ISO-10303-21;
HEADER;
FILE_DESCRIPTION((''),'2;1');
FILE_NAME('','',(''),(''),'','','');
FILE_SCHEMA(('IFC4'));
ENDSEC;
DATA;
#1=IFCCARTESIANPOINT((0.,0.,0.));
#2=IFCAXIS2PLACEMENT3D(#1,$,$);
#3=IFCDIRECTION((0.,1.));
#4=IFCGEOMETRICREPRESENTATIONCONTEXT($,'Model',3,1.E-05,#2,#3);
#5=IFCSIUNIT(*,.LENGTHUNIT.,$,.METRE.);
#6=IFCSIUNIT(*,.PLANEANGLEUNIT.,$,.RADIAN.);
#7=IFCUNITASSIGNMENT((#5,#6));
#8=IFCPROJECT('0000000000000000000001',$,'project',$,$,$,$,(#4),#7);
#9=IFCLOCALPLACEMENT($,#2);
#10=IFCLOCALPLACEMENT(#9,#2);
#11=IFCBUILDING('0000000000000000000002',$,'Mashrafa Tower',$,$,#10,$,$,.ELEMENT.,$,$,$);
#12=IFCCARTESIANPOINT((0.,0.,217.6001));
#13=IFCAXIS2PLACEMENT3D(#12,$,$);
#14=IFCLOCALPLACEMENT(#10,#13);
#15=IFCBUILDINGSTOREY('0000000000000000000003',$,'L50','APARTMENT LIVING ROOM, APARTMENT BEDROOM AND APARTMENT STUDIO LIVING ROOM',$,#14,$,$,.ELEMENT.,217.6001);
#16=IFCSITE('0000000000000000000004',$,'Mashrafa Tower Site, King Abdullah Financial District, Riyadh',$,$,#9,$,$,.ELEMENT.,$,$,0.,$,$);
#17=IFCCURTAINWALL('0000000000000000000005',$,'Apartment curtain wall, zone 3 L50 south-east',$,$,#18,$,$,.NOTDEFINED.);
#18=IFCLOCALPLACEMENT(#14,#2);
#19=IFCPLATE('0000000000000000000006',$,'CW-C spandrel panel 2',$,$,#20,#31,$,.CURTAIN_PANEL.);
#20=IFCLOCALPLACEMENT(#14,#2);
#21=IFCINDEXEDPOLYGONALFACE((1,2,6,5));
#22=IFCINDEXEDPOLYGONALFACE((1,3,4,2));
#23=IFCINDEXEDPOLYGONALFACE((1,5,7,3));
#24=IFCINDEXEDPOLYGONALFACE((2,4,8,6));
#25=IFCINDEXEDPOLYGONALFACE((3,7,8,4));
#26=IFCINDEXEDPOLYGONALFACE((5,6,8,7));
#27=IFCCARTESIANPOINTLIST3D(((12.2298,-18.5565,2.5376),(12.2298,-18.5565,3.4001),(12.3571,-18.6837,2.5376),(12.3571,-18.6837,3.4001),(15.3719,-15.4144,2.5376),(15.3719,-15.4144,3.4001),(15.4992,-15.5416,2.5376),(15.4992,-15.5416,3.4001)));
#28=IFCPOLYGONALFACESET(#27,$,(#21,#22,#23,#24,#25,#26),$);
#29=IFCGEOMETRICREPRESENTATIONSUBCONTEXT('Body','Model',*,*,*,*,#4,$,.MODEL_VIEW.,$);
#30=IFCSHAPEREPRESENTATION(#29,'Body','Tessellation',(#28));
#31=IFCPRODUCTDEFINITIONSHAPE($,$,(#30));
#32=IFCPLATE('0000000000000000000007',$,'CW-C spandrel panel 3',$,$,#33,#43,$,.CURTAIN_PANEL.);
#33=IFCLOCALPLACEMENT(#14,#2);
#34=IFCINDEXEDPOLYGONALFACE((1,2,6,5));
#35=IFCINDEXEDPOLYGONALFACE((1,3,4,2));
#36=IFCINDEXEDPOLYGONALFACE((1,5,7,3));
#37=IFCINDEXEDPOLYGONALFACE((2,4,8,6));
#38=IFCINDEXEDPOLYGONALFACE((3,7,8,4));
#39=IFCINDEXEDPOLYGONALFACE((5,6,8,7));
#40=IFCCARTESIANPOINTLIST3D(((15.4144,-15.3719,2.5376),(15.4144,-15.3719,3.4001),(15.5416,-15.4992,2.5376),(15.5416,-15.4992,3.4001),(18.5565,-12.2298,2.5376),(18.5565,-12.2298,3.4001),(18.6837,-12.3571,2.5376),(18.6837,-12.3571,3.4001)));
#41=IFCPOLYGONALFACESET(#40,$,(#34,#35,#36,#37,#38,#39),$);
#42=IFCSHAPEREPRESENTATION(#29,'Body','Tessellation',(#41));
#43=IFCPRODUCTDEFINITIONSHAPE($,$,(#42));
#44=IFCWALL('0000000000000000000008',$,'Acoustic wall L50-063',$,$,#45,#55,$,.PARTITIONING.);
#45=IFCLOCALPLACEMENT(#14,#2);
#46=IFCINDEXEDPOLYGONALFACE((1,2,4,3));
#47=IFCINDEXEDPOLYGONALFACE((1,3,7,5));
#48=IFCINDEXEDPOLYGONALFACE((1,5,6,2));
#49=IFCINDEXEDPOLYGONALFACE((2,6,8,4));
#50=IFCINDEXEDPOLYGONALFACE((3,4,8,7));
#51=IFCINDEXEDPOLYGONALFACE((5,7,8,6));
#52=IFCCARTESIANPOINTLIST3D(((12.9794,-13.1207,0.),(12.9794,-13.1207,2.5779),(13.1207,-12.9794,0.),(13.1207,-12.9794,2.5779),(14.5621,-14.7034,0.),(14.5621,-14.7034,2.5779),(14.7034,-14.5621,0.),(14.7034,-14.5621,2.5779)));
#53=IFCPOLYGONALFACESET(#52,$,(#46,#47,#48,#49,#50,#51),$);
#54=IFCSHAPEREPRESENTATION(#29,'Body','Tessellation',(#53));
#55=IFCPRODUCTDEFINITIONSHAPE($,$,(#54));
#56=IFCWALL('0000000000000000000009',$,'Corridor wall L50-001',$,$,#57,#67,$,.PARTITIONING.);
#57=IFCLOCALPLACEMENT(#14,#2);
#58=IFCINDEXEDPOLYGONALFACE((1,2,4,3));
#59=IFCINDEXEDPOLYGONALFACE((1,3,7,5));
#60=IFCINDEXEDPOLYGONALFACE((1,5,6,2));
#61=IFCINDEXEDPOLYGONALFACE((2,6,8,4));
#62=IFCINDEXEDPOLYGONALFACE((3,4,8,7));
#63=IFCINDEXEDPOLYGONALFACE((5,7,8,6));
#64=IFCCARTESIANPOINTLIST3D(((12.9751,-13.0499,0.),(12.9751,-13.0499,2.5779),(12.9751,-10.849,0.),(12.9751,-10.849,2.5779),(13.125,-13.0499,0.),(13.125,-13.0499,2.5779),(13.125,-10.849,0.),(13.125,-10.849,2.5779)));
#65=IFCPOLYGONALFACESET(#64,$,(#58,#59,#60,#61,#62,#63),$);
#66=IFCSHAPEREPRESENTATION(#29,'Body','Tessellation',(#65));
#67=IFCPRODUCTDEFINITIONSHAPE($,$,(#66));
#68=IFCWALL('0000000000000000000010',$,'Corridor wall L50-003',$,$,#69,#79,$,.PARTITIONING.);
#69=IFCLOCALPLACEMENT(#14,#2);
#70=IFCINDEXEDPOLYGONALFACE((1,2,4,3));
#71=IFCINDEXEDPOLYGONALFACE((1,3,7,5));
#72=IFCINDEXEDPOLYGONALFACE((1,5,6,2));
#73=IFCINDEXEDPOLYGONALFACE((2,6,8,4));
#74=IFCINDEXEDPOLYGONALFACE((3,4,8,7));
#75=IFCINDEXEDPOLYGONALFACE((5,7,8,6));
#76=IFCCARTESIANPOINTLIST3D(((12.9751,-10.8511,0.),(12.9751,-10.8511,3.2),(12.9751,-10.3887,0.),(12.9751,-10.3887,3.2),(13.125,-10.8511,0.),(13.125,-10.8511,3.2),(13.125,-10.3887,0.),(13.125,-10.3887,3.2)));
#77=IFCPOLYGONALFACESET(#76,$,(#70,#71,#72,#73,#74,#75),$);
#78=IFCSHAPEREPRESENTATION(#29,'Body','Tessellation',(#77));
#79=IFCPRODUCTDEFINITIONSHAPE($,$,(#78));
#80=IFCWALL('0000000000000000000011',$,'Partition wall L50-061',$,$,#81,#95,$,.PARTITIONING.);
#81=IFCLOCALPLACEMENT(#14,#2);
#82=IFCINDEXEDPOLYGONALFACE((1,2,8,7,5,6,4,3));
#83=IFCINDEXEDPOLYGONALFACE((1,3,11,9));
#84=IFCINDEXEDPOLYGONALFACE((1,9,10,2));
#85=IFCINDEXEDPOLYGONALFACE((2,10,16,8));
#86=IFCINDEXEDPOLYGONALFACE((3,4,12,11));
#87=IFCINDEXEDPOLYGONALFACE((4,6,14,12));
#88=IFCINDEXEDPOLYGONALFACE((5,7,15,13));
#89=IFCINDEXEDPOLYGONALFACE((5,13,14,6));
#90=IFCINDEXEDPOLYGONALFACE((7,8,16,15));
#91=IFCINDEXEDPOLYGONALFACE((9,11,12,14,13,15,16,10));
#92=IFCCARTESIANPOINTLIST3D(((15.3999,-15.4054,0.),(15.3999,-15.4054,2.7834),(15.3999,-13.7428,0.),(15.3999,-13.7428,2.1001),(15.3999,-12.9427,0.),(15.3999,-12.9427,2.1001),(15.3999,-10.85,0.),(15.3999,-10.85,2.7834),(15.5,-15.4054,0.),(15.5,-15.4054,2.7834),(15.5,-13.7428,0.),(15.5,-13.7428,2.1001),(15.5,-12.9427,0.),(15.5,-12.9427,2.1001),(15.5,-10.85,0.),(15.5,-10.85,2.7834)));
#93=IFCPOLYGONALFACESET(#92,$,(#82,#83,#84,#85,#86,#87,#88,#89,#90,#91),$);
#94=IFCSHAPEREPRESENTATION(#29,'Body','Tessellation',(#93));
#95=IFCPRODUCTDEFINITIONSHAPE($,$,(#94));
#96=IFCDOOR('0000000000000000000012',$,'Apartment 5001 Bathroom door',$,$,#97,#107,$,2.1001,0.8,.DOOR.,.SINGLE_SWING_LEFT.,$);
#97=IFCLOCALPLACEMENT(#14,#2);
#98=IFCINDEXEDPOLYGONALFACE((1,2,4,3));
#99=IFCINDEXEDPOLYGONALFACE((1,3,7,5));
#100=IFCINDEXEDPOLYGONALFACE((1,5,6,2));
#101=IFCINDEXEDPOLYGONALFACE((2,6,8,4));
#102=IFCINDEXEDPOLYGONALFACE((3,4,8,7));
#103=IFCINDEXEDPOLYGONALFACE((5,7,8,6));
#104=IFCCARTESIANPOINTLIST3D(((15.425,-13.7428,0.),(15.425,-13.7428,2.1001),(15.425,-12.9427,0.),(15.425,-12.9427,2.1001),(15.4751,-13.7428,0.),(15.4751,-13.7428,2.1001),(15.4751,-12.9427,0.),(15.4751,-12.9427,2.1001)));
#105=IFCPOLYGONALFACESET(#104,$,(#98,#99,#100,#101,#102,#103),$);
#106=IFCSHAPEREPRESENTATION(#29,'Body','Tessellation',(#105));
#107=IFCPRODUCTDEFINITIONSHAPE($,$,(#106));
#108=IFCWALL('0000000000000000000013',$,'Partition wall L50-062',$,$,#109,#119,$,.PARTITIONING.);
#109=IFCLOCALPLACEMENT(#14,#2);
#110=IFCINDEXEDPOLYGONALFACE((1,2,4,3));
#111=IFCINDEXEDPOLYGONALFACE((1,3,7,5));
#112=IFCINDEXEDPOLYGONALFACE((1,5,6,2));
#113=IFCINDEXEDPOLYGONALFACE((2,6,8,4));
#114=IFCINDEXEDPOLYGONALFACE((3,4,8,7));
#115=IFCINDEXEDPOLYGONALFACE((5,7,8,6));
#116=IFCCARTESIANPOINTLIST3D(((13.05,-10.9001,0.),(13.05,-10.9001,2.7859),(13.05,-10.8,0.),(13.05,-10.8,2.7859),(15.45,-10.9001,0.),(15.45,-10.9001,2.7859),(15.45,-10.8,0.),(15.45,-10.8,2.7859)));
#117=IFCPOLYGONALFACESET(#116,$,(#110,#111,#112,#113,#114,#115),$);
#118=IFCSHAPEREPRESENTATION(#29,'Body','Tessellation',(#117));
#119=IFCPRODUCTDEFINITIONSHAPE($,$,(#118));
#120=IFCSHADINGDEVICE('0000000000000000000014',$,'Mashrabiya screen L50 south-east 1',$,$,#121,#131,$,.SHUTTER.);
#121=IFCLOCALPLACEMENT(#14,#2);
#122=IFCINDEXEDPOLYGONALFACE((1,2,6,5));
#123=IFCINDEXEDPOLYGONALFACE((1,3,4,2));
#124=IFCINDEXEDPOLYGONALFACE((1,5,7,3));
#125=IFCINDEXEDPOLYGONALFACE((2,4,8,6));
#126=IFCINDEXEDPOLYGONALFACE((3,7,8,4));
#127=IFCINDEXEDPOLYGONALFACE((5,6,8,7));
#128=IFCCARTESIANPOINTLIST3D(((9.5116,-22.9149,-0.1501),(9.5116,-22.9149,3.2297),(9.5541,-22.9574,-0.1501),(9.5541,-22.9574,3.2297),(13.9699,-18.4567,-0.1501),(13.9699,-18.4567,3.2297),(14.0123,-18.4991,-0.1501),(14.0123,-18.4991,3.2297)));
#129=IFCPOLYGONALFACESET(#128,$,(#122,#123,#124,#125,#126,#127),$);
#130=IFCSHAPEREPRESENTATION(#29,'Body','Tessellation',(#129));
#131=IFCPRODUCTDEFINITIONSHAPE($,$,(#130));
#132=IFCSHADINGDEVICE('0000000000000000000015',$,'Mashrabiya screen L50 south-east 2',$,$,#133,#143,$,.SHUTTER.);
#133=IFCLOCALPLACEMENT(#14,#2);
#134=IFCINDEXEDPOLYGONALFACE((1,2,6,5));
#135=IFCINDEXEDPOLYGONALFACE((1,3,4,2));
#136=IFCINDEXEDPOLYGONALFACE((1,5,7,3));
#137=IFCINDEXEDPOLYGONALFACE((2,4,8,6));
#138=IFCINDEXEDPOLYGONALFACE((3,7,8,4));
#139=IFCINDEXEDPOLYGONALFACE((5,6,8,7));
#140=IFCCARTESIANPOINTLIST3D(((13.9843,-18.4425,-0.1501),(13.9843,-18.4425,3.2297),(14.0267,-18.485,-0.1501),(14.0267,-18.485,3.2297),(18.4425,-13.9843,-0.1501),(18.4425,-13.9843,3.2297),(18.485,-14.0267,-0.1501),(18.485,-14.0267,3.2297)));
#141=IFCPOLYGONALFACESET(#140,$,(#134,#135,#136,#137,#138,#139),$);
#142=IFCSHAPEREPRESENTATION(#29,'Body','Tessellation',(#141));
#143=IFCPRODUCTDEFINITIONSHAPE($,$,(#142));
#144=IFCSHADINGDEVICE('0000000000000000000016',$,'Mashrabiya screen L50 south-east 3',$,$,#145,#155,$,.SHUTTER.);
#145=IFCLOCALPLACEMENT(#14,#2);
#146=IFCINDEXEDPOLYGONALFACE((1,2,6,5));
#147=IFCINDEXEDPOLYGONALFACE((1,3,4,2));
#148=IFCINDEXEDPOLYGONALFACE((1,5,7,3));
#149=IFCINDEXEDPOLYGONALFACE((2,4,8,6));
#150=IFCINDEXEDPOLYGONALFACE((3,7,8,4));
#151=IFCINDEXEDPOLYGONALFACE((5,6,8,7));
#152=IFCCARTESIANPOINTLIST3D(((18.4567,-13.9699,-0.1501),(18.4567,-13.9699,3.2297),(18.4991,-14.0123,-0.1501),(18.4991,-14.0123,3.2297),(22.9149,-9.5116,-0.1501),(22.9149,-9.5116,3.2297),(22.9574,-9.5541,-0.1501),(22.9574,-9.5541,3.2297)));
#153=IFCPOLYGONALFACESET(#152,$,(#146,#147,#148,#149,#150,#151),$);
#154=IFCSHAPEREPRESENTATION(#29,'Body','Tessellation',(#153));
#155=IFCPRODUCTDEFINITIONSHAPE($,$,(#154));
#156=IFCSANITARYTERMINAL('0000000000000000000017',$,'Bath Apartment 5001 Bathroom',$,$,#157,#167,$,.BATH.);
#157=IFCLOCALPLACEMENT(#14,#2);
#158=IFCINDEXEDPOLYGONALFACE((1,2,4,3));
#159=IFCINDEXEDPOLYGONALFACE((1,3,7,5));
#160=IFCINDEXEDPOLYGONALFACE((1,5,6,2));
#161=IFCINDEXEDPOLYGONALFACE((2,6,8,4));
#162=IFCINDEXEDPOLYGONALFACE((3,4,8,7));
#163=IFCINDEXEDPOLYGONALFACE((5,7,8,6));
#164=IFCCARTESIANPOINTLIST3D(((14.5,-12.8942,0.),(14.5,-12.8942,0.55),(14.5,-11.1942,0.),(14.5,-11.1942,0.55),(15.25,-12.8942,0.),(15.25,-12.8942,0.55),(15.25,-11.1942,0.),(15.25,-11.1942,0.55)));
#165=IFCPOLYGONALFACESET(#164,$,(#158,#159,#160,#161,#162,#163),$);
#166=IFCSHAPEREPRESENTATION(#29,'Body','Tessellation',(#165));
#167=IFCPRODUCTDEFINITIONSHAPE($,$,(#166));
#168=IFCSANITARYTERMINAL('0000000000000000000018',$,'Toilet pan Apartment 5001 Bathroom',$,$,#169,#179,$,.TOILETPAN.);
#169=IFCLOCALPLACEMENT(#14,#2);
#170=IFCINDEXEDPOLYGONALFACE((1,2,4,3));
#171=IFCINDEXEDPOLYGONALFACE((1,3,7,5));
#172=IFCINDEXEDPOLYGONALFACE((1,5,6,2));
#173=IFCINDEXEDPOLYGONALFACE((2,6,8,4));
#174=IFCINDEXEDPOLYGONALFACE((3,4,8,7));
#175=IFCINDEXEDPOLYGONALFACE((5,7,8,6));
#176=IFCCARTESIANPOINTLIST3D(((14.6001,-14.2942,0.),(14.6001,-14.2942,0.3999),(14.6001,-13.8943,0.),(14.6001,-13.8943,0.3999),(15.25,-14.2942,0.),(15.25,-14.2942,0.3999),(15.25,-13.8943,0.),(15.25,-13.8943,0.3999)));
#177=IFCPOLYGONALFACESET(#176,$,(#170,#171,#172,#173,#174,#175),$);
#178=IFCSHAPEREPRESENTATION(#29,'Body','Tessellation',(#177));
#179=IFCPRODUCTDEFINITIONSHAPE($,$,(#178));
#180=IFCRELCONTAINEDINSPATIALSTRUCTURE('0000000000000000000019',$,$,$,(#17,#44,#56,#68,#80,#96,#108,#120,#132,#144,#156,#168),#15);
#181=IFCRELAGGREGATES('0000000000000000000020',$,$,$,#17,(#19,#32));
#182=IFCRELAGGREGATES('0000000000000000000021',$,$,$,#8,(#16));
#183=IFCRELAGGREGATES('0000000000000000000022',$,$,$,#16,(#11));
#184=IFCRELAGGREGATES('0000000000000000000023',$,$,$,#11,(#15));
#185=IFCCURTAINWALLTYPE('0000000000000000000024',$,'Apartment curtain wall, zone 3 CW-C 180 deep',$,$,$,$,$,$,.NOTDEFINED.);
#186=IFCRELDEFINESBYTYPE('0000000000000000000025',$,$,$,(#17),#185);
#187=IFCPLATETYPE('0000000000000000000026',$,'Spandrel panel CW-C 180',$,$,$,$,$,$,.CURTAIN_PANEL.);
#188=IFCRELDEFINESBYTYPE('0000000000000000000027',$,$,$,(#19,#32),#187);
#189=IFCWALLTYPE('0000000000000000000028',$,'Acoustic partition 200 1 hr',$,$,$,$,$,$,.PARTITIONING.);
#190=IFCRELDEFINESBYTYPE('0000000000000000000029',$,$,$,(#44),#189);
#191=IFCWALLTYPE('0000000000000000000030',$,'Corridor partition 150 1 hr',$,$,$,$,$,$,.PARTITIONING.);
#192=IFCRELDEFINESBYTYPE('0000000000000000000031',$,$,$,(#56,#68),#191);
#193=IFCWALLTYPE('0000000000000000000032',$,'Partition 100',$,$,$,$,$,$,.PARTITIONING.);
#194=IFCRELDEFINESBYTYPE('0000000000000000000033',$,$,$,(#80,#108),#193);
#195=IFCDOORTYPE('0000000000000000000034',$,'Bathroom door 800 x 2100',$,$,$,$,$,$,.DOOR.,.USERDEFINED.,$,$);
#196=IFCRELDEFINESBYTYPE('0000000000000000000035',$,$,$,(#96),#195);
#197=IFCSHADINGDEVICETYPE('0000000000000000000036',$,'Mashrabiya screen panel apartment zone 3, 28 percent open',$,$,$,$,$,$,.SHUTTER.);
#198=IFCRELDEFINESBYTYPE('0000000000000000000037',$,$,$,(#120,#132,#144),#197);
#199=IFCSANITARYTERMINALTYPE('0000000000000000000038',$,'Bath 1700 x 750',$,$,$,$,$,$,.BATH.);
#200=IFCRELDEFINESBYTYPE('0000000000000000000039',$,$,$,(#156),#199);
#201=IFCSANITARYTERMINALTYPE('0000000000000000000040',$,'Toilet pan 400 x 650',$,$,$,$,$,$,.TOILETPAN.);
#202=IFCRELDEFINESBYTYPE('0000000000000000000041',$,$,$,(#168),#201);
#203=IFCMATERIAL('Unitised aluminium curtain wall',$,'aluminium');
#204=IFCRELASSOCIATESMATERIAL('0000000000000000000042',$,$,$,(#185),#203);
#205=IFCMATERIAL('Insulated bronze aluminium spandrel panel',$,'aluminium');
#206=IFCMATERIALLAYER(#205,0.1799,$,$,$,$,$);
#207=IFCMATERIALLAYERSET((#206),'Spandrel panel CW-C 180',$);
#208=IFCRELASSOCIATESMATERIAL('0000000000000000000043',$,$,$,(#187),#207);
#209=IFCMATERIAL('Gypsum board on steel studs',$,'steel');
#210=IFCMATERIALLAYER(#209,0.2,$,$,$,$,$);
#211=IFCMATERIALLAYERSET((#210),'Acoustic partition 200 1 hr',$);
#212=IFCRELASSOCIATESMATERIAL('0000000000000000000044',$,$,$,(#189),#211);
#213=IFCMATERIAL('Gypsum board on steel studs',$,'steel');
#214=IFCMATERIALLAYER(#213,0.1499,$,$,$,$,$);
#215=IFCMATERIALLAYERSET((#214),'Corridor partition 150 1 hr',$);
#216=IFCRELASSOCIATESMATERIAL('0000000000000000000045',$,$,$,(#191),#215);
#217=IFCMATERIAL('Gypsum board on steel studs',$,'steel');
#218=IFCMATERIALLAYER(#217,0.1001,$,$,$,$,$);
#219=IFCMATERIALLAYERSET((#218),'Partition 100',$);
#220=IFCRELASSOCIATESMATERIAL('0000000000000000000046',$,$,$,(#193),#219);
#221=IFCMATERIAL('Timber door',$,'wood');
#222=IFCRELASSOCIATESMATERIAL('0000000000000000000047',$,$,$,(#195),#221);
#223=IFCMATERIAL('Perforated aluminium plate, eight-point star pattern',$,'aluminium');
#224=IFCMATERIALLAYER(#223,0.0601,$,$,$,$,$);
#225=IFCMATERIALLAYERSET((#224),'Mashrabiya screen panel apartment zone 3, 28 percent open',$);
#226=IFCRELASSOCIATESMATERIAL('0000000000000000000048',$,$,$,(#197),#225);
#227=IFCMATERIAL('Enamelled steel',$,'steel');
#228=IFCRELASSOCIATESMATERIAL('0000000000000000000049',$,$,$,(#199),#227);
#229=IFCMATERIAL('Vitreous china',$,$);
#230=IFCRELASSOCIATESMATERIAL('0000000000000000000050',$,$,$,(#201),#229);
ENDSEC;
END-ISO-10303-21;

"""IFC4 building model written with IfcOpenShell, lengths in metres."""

from ifc_helpers import new_model, si_unit, direction, frame, frame_2d, origin, origin_2d, place, context, subcontext, project, spatial, rectangle, extrude, source, transform, mapped, material, layer, layer_set, type_object, type_shapes, element, fill, aggregate, save


model = new_model("IFC4")

# Units and contexts
model_context = context("Model", 3, precision=1e-05, world=origin(), true_north=direction((0.0, 1.0)))
body_context = subcontext(model_context, "Body", "Model", "MODEL_VIEW")
ifc_project = project(units=[si_unit("LENGTHUNIT", "METRE"), si_unit("PLANEANGLEUNIT", "RADIAN")], contexts=[model_context])

# Site, building, storey
site_placement = place(None, origin())
site = spatial("IfcSite", under=ifc_project, at=site_placement, Name="Mashrafa Tower Site, King Abdullah Financial District, Riyadh", CompositionType="ELEMENT", RefElevation=0.0)
building_placement = place(site_placement, origin())
building = spatial("IfcBuilding", under=site, at=building_placement, Name="Mashrafa Tower", CompositionType="ELEMENT")
storey_placement = place(building_placement, frame((0.0, 0.0, 217.6001)))
storey = spatial("IfcBuildingStorey", under=building, at=storey_placement, Name="L50", Description="APARTMENT LIVING ROOM, APARTMENT BEDROOM AND APARTMENT STUDIO LIVING ROOM", CompositionType="ELEMENT", Elevation=217.6001)

# Curtain wall, plates
ifc_material_1 = material(Name="Unitised aluminium curtain wall", Category="aluminium")
curtain_wall_type = type_object("IfcCurtainWallType", Name="Apartment curtain wall, zone 3 CW-C 180 deep", PredefinedType="NOTDEFINED", material=ifc_material_1)
curtain_wall_placement = place(storey_placement, origin())
curtain_wall = element("IfcCurtainWall", 1, at=curtain_wall_placement, inside=storey, type_object=curtain_wall_type, Name="Apartment curtain wall, zone 3 L50 south-east", PredefinedType="NOTDEFINED")
ifc_material_2 = material(Name="Insulated bronze aluminium spandrel panel", Category="aluminium")
ifc_layer_1 = layer(ifc_material_2, 0.1799)
ifc_layer_set_1 = layer_set([ifc_layer_1], Name="Spandrel panel CW-C 180")
plate_type_1 = type_object("IfcPlateType", Name="Spandrel panel CW-C 180", PredefinedType="CURTAIN_PANEL", material=ifc_layer_set_1)
shared_shape_1 = source(origin(), body_context, "Body", "SweptSolid", [
    extrude(rectangle(XDim=4.4436, YDim=0.1799, at=origin_2d()), origin(), (0.0, 0.0, 1.0), 0.8625),
])
plate_1_placement = place(storey_placement, frame((13.8645, -17.0491, 2.5376), z_axis=(0.0, 0.0, 1.0), x_axis=(0.707107, 0.707107, 0.0)))
plate_1 = element("IfcPlate", 2, at=plate_1_placement, type_object=plate_type_1, Name="CW-C spandrel panel 2", PredefinedType="CURTAIN_PANEL", context=body_context, shape_type="MappedRepresentation", body=[
    mapped(shared_shape_1, transform((0.0, 0.0, 0.0))),
])
plate_2_placement = place(storey_placement, frame((17.0491, -13.8645, 2.5376), z_axis=(0.0, 0.0, 1.0), x_axis=(0.707107, 0.707107, 0.0)))
plate_2 = element("IfcPlate", 3, at=plate_2_placement, type_object=plate_type_1, Name="CW-C spandrel panel 3", PredefinedType="CURTAIN_PANEL", context=body_context, shape_type="MappedRepresentation", body=[
    mapped(shared_shape_1, transform((0.0, 0.0, 0.0))),
])
aggregate(curtain_wall, [plate_1, plate_2])

# Walls
ifc_material_3 = material(Name="Gypsum board on steel studs", Category="steel")
ifc_layer_2 = layer(ifc_material_3, 0.2)
ifc_layer_set_2 = layer_set([ifc_layer_2], Name="Acoustic partition 200 1 hr")
wall_type_1 = type_object("IfcWallType", Name="Acoustic partition 200 1 hr", PredefinedType="PARTITIONING", material=ifc_layer_set_2)
wall_1_placement = place(storey_placement, frame((13.05, -13.05, 0.0), z_axis=(0.0, 0.0, 1.0), x_axis=(0.707107, -0.707107, 0.0)))
element("IfcWall", 4, at=wall_1_placement, inside=storey, type_object=wall_type_1, Name="Acoustic wall L50-063", PredefinedType="PARTITIONING", context=body_context, shape_type="SweptSolid", body=[
    extrude(rectangle(XDim=2.2383, YDim=0.2, at=frame_2d((1.1191, 0.0))), origin(), (0.0, 0.0, 1.0), 2.5779),
])
ifc_material_4 = material(Name="Gypsum board on steel studs", Category="steel")
ifc_layer_3 = layer(ifc_material_4, 0.1499)
ifc_layer_set_3 = layer_set([ifc_layer_3], Name="Corridor partition 150 1 hr")
wall_type_2 = type_object("IfcWallType", Name="Corridor partition 150 1 hr", PredefinedType="PARTITIONING", material=ifc_layer_set_3)
wall_2_placement = place(storey_placement, frame((13.05, -13.05, 0.0), z_axis=(0.0, 0.0, 1.0), x_axis=(0.0, 1.0, 0.0)))
element("IfcWall", 5, at=wall_2_placement, inside=storey, type_object=wall_type_2, Name="Corridor wall L50-001", PredefinedType="PARTITIONING", context=body_context, shape_type="SweptSolid", body=[
    extrude(rectangle(XDim=2.2009, YDim=0.1499, at=frame_2d((1.1006, 0.0))), origin(), (0.0, 0.0, 1.0), 2.5779),
])
wall_3_placement = place(storey_placement, frame((13.05, -10.8511, 0.0), z_axis=(0.0, 0.0, 1.0), x_axis=(0.0, 1.0, 0.0)))
element("IfcWall", 6, at=wall_3_placement, inside=storey, type_object=wall_type_2, Name="Corridor wall L50-003", PredefinedType="PARTITIONING", context=body_context, shape_type="SweptSolid", body=[
    extrude(rectangle(XDim=0.4624, YDim=0.1499, at=frame_2d((0.2312, 0.0))), origin(), (0.0, 0.0, 1.0), 3.2),
])

# Wall, opening, door
ifc_material_5 = material(Name="Gypsum board on steel studs", Category="steel")
ifc_layer_4 = layer(ifc_material_5, 0.1001)
ifc_layer_set_4 = layer_set([ifc_layer_4], Name="Partition 100")
wall_type_3 = type_object("IfcWallType", Name="Partition 100", PredefinedType="PARTITIONING", material=ifc_layer_set_4)
wall_4_placement = place(storey_placement, frame((15.45, -15.4055, 0.0), z_axis=(0.0, 0.0, 1.0), x_axis=(0.0, 1.0, 0.0)))
wall_4 = element("IfcWall", 7, at=wall_4_placement, inside=storey, type_object=wall_type_3, Name="Partition wall L50-061", PredefinedType="PARTITIONING", context=body_context, shape_type="SweptSolid", body=[
    extrude(rectangle(XDim=4.5554, YDim=0.1001, at=frame_2d((2.2778, 0.0))), origin(), (0.0, 0.0, 1.0), 2.7834),
])
opening_placement = place(wall_4_placement, frame((1.6628, 0.0, 0.0)))
opening = element("IfcOpeningElement", 8, at=opening_placement, cuts=wall_4, PredefinedType="OPENING", context=body_context, shape_type="SweptSolid", body=[
    extrude(rectangle(XDim=0.8, YDim=2.1001, at=frame_2d((0.3999, 1.05))), frame((0.0, 0.0601, 0.0), z_axis=(0.0, -1.0, 0.0), x_axis=(1.0, 0.0, 0.0)), (0.0, 0.0, 1.0), 0.1201),
])
ifc_material_6 = material(Name="Timber door", Category="wood")
door_type = type_object("IfcDoorType", Name="Bathroom door 800 x 2100", OperationType="USERDEFINED", PredefinedType="DOOR", material=ifc_material_6)
door_placement = place(opening_placement, origin())
door = element("IfcDoor", 9, at=door_placement, inside=storey, type_object=door_type, Name="Apartment 5001 Bathroom door", OperationType="SINGLE_SWING_LEFT", OverallHeight=2.1001, OverallWidth=0.8, PredefinedType="DOOR", context=body_context, shape_type="SweptSolid", body=[
    extrude(rectangle(XDim=0.8, YDim=2.1001, at=frame_2d((0.3999, 1.05))), frame((0.0, 0.0249, 0.0), z_axis=(0.0, -1.0, 0.0), x_axis=(1.0, 0.0, 0.0)), (0.0, 0.0, 1.0), 0.05),
])
fill(opening, door)

# Wall
wall_5_placement = place(storey_placement, frame((15.45, -10.8501, 0.0), z_axis=(0.0, 0.0, 1.0), x_axis=(-1.0, 0.0, 0.0)))
element("IfcWall", 10, at=wall_5_placement, inside=storey, type_object=wall_type_3, Name="Partition wall L50-062", PredefinedType="PARTITIONING", context=body_context, shape_type="SweptSolid", body=[
    extrude(rectangle(XDim=2.3999, YDim=0.1001, at=frame_2d((1.2, 0.0))), origin(), (0.0, 0.0, 1.0), 2.7859),
])

# Shading devices
ifc_material_7 = material(Name="Perforated aluminium plate, eight-point star pattern", Category="aluminium")
ifc_layer_5 = layer(ifc_material_7, 0.0601)
ifc_layer_set_5 = layer_set([ifc_layer_5], Name="Mashrabiya screen panel apartment zone 3, 28 percent open")
shading_device_type = type_object("IfcShadingDeviceType", Name="Mashrabiya screen panel apartment zone 3, 28 percent open", PredefinedType="SHUTTER", material=ifc_layer_set_5)
shared_shape_2 = source(origin(), body_context, "Body", "SweptSolid", [
    extrude(rectangle(XDim=6.3049, YDim=0.0601, at=origin_2d()), origin(), (0.0, 0.0, 1.0), 3.3799),
])
type_shapes(shading_device_type, [shared_shape_2])
for number, where, z_axis, x_axis, name in (
    (11, (11.762, -20.707, -0.1501), (0.0, 0.0, 1.0), (0.707107, 0.707107, 0.0), "Mashrabiya screen L50 south-east 1"),
    (12, (16.2346, -16.2346, -0.1501), (0.0, 0.0, 1.0), (0.707107, 0.707107, 0.0), "Mashrabiya screen L50 south-east 2"),
    (13, (20.707, -11.762, -0.1501), (0.0, 0.0, 1.0), (0.707107, 0.707107, 0.0), "Mashrabiya screen L50 south-east 3"),
):
    element("IfcShadingDevice", number, at=place(storey_placement, frame(where, z_axis=z_axis, x_axis=x_axis)), inside=storey, type_object=shading_device_type, Name=name, PredefinedType="SHUTTER", context=body_context, shape_type="MappedRepresentation", body=[
        mapped(shared_shape_2, transform((0.0, 0.0, 0.0))),
    ])

# Sanitary terminals
ifc_material_8 = material(Name="Enamelled steel", Category="steel")
sanitary_terminal_type_1 = type_object("IfcSanitaryTerminalType", Name="Bath 1700 x 750", PredefinedType="BATH", material=ifc_material_8)
sanitary_terminal_1_placement = place(storey_placement, frame((14.875, -12.0442, 0.0), z_axis=(0.0, 0.0, 1.0), x_axis=(0.0, 1.0, 0.0)))
element("IfcSanitaryTerminal", 14, at=sanitary_terminal_1_placement, inside=storey, type_object=sanitary_terminal_type_1, Name="Bath Apartment 5001 Bathroom", PredefinedType="BATH", context=body_context, shape_type="SweptSolid", body=[
    extrude(rectangle(XDim=1.7, YDim=0.75, at=origin_2d()), origin(), (0.0, 0.0, 1.0), 0.55),
])
ifc_material_9 = material(Name="Vitreous china")
sanitary_terminal_type_2 = type_object("IfcSanitaryTerminalType", Name="Toilet pan 400 x 650", PredefinedType="TOILETPAN", material=ifc_material_9)
sanitary_terminal_2_placement = place(storey_placement, frame((14.925, -14.0942, 0.0), z_axis=(0.0, 0.0, 1.0), x_axis=(0.0, 1.0, 0.0)))
element("IfcSanitaryTerminal", 15, at=sanitary_terminal_2_placement, inside=storey, type_object=sanitary_terminal_type_2, Name="Toilet pan Apartment 5001 Bathroom", PredefinedType="TOILETPAN", context=body_context, shape_type="SweptSolid", body=[
    extrude(rectangle(XDim=0.3999, YDim=0.6499, at=origin_2d()), origin(), (0.0, 0.0, 1.0), 0.3999),
])

save(model, "model.ifc")
